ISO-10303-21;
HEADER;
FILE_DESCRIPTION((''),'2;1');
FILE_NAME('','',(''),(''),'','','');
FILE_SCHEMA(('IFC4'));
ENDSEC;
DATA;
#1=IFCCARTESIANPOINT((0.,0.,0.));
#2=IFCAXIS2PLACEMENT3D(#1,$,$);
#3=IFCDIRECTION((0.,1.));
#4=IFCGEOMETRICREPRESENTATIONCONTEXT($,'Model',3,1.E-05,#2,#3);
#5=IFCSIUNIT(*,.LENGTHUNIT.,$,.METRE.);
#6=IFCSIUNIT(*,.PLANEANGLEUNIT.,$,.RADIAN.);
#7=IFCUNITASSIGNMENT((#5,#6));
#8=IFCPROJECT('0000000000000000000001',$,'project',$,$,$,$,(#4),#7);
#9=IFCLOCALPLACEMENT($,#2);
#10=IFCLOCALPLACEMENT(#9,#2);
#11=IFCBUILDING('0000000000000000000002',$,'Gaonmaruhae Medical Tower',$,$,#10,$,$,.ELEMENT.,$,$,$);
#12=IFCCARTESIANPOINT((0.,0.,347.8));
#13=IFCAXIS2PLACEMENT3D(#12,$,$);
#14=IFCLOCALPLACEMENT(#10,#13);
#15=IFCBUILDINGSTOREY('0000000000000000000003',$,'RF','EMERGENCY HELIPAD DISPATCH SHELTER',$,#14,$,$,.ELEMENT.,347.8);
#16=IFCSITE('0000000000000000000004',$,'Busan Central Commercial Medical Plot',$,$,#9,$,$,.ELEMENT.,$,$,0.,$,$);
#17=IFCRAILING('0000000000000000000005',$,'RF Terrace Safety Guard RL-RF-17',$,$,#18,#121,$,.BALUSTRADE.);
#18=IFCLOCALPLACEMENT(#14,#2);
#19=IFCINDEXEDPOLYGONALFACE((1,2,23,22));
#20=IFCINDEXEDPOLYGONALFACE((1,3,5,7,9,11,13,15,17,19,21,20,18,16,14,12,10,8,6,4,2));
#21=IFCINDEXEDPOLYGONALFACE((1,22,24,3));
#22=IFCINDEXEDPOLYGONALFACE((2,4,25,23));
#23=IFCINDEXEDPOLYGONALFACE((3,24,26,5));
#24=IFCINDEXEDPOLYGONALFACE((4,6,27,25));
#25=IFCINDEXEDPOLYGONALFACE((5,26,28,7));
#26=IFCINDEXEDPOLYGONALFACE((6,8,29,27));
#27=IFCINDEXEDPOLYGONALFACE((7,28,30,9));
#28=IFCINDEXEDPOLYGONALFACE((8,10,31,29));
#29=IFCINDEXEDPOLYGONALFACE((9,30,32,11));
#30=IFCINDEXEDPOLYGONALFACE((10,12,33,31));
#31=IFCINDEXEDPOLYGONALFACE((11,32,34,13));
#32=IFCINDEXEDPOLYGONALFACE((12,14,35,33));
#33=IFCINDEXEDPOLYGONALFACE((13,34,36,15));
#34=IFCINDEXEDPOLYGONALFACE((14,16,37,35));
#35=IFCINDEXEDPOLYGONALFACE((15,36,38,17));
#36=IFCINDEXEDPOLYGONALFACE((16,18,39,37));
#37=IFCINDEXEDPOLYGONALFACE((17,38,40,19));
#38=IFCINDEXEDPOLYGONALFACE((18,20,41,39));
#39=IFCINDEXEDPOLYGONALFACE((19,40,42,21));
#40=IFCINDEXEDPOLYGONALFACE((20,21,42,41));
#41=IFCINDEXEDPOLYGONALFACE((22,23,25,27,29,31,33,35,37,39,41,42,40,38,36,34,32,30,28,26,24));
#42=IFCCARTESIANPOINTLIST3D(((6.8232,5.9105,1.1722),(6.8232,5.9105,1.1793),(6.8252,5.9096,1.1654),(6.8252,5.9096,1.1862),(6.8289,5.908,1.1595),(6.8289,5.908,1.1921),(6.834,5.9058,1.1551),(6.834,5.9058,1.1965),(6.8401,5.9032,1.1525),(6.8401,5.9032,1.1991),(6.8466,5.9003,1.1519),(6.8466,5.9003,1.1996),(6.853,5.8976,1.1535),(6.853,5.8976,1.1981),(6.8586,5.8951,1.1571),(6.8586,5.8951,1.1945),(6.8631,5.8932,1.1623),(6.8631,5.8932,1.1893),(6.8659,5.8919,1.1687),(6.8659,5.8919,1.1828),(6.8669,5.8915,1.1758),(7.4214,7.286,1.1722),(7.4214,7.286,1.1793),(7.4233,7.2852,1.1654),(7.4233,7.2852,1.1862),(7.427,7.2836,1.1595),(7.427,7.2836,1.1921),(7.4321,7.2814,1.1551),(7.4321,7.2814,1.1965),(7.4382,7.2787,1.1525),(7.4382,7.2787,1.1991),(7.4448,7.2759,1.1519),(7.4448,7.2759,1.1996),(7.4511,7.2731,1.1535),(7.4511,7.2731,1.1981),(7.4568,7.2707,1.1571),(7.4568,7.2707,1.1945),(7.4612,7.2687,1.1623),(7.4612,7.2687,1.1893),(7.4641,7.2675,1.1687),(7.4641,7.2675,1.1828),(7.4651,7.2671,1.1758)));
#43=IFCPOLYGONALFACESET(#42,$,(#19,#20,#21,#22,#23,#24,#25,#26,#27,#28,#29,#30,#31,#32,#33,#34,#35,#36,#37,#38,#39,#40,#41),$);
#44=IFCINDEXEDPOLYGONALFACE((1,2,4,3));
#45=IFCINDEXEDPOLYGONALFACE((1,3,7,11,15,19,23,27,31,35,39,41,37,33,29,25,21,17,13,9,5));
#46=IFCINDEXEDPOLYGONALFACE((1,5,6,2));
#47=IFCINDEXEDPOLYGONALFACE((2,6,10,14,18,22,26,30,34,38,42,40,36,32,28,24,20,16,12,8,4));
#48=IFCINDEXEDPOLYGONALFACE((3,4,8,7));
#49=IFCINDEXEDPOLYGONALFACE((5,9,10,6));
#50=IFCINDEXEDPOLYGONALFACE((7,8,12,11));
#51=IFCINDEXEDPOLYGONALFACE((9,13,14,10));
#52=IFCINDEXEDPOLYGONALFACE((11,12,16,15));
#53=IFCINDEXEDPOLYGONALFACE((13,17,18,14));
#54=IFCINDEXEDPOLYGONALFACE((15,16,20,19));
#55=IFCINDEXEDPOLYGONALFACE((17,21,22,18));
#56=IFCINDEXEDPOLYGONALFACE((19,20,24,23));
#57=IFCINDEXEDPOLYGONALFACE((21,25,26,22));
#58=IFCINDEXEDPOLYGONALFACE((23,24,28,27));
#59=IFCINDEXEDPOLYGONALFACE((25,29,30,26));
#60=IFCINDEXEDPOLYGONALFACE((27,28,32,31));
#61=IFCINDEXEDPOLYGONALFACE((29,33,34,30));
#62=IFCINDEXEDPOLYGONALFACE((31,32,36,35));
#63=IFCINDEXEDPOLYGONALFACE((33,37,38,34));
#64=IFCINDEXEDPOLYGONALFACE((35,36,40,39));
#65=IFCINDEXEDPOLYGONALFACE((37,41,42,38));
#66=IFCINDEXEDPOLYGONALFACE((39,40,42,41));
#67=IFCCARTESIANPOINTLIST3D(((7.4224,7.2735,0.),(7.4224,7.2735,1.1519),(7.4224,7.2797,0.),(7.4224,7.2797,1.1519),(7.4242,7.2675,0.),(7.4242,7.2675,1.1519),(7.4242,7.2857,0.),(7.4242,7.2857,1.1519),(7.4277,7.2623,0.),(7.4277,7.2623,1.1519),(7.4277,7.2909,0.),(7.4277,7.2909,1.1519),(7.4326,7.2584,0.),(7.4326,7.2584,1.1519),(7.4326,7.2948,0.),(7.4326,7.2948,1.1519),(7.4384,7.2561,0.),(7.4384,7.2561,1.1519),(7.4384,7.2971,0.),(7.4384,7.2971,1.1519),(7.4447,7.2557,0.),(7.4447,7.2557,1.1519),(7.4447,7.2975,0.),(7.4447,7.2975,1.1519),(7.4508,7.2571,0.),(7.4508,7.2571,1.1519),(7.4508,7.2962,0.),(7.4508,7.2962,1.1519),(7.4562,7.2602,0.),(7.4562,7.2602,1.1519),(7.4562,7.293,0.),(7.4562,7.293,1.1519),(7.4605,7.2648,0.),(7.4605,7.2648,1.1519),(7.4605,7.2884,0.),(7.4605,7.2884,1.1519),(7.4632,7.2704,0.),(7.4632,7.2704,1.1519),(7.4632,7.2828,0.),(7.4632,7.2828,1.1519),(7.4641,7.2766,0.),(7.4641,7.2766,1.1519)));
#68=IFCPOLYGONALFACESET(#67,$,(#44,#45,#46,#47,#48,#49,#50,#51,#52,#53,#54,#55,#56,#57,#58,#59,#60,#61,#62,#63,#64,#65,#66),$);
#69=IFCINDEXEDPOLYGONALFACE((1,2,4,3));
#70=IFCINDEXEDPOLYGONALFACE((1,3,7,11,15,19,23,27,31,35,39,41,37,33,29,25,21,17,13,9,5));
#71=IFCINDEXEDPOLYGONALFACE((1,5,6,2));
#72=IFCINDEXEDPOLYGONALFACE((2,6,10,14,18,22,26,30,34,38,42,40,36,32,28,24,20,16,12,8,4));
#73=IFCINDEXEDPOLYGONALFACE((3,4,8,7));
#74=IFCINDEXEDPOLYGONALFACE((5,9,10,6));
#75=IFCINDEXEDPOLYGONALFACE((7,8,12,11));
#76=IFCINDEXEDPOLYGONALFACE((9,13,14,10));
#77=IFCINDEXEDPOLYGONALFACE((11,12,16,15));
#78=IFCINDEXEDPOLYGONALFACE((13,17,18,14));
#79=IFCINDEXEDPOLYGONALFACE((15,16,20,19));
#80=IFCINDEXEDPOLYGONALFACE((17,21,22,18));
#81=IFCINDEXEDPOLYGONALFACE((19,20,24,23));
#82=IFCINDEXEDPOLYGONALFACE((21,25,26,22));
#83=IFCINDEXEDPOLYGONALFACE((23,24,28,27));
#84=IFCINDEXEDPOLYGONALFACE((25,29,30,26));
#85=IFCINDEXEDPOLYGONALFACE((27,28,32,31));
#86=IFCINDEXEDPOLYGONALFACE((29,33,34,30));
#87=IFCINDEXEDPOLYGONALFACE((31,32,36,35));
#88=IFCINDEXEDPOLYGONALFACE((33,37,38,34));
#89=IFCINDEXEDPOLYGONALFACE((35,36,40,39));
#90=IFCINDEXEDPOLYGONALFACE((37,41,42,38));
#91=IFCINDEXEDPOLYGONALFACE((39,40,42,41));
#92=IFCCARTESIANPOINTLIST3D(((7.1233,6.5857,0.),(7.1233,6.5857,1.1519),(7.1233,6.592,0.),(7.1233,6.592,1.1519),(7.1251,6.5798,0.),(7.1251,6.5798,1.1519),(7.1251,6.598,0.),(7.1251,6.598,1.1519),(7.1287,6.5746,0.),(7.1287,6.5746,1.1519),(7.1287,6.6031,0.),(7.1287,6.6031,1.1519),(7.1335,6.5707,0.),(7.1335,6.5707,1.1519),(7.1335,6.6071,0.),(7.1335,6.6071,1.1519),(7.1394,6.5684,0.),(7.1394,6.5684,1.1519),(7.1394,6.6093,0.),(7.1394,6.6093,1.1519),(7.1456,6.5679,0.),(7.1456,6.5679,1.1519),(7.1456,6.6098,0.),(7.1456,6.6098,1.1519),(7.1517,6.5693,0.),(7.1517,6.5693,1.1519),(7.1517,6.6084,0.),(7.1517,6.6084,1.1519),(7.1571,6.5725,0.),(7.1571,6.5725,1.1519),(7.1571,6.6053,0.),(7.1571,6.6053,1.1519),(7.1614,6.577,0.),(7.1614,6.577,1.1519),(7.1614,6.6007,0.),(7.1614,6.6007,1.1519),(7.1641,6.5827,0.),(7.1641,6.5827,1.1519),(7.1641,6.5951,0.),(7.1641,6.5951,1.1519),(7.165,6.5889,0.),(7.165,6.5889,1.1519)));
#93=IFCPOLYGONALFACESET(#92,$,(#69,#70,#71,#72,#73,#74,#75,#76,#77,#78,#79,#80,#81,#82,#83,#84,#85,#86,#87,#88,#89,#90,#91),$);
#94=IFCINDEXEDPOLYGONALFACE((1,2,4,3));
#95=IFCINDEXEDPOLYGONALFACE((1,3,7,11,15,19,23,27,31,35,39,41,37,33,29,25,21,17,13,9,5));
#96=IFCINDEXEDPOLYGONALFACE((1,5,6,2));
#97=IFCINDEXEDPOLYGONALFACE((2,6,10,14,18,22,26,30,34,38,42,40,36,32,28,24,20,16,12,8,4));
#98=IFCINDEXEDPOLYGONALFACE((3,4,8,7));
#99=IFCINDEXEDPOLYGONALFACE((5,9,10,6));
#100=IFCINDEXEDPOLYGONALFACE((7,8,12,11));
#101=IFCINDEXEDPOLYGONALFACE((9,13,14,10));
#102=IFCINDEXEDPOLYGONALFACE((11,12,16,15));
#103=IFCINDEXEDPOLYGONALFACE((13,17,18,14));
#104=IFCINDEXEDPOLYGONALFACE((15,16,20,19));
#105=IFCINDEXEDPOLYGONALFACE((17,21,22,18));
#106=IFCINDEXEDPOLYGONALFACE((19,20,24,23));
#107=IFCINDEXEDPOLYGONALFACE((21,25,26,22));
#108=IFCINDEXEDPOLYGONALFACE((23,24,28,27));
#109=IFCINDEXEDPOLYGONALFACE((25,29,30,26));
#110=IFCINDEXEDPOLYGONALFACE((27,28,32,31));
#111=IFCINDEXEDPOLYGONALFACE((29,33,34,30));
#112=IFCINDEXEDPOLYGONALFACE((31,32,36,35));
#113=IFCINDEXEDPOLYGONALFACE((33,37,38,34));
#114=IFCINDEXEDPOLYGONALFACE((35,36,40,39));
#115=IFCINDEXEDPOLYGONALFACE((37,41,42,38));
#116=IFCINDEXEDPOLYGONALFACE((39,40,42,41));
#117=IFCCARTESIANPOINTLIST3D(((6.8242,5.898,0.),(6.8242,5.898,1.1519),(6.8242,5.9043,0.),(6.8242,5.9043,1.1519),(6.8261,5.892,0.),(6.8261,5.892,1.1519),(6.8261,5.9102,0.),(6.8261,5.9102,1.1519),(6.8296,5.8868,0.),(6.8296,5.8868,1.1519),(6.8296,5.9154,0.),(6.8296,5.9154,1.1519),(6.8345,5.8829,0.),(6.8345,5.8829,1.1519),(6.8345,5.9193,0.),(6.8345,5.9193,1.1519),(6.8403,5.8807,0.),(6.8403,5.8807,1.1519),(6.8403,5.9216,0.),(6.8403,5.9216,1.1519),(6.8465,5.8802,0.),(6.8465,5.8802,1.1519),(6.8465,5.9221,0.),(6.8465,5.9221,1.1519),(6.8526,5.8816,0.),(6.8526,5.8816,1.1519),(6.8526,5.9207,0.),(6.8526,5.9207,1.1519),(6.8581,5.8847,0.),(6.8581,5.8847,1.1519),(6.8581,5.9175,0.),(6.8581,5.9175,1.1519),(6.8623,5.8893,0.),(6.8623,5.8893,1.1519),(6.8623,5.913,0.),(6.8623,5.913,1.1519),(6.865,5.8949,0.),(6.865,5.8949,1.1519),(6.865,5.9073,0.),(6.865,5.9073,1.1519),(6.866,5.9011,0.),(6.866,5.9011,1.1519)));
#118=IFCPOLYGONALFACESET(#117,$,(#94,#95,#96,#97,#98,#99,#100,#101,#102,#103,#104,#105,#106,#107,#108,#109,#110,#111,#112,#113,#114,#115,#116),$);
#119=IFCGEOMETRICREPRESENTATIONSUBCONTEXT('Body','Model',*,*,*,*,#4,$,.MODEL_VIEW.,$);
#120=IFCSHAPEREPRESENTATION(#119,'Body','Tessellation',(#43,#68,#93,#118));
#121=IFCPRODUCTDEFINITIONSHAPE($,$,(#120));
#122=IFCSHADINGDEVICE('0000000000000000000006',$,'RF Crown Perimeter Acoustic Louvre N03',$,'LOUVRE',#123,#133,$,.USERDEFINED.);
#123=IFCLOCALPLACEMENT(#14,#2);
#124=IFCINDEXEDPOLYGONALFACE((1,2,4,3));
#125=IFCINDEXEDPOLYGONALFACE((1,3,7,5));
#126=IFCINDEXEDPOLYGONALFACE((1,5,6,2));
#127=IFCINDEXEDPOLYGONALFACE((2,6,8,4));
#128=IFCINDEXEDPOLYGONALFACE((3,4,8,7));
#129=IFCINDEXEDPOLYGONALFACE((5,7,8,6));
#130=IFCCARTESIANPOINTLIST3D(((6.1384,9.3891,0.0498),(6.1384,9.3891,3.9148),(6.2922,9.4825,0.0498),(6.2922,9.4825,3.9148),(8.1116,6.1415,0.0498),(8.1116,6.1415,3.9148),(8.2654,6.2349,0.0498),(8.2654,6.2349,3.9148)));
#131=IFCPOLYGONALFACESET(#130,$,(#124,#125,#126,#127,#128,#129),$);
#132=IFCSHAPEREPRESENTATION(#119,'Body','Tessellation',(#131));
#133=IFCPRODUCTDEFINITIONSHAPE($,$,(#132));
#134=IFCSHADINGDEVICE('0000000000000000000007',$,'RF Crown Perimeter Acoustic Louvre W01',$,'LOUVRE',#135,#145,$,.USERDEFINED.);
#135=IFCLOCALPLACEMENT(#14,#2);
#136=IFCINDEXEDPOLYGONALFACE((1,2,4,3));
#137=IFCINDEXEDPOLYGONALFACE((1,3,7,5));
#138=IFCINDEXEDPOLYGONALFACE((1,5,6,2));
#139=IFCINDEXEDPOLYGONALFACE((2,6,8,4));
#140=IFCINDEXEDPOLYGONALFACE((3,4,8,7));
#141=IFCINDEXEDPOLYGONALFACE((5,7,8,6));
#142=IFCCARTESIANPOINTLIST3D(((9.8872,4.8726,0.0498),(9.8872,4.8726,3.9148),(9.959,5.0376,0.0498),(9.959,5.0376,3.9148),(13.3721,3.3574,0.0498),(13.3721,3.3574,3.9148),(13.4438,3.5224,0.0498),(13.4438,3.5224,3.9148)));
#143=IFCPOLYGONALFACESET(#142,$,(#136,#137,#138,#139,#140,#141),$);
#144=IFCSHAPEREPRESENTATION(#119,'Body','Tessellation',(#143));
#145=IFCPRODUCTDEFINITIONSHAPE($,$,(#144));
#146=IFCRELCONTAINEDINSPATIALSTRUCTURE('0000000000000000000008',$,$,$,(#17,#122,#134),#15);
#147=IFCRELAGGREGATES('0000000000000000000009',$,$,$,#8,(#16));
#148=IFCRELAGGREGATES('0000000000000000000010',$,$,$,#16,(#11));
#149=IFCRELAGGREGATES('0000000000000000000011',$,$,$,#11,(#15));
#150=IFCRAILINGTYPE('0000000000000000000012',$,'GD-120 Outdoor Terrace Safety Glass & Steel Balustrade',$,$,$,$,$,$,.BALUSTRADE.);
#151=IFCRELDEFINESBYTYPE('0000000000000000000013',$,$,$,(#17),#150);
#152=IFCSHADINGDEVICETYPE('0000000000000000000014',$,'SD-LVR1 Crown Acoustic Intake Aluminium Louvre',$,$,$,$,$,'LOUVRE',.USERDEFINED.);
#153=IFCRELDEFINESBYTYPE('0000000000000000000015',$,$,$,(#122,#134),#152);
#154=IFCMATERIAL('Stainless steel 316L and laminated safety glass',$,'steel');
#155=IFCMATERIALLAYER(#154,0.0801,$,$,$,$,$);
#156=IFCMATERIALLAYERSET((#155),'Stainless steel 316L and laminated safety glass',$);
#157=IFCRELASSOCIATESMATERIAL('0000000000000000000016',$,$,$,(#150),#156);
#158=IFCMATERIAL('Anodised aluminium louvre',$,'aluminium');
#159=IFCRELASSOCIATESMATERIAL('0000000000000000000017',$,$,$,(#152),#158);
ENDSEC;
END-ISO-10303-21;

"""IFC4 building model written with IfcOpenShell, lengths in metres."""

from ifc_helpers import new_model, si_unit, direction, frame, origin, origin_2d, place, context, subcontext, project, spatial, rectangle, circle, extrude, material, layer, layer_set, type_object, element, save


model = new_model("IFC4")

# Units and contexts
model_context = context("Model", 3, precision=1e-05, world=origin(), true_north=direction((0.0, 1.0)))
body_context = subcontext(model_context, "Body", "Model", "MODEL_VIEW")
ifc_project = project(units=[si_unit("LENGTHUNIT", "METRE"), si_unit("PLANEANGLEUNIT", "RADIAN")], contexts=[model_context])

# Site, building, storey
site_placement = place(None, origin())
site = spatial("IfcSite", under=ifc_project, at=site_placement, Name="Busan Central Commercial Medical Plot", CompositionType="ELEMENT", RefElevation=0.0)
building_placement = place(site_placement, origin())
building = spatial("IfcBuilding", under=site, at=building_placement, Name="Gaonmaruhae Medical Tower", CompositionType="ELEMENT")
storey_placement = place(building_placement, frame((0.0, 0.0, 347.8)))
storey = spatial("IfcBuildingStorey", under=building, at=storey_placement, Name="RF", Description="EMERGENCY HELIPAD DISPATCH SHELTER", CompositionType="ELEMENT", Elevation=347.8)

# Railing
ifc_material_1 = material(Name="Stainless steel 316L and laminated safety glass", Category="steel")
ifc_layer_1 = layer(ifc_material_1, 0.0801)
ifc_layer_set_1 = layer_set([ifc_layer_1], Name="Stainless steel 316L and laminated safety glass")
railing_type = type_object("IfcRailingType", Name="GD-120 Outdoor Terrace Safety Glass & Steel Balustrade", PredefinedType="BALUSTRADE", material=ifc_layer_set_1)
railing_1_placement = place(storey_placement, frame((7.4431, 7.2766, 0.0)))
element("IfcRailing", 1, at=railing_1_placement, inside=storey, type_object=railing_type, Name="RF Terrace Safety Guard RL-RF-17", PredefinedType="BALUSTRADE", context=body_context, shape_type="SweptSolid", body=[
    extrude(circle(Radius=0.0239, at=origin_2d()), frame((0.0, 0.0, 1.1758), z_axis=(-0.398786, -0.917044, 0.0), x_axis=(0.917044, -0.398786, 0.0)), (0.0, 0.0, 1.0), 1.5),
    extrude(circle(Radius=0.021, at=origin_2d()), origin(), (0.0, 0.0, 1.0), 1.1519),
    extrude(circle(Radius=0.021, at=origin_2d()), frame((-0.2991, -0.6877, 0.0)), (0.0, 0.0, 1.0), 1.1519),
    extrude(circle(Radius=0.021, at=origin_2d()), frame((-0.5981, -1.3755, 0.0)), (0.0, 0.0, 1.0), 1.1519),
])

# Shading devices
ifc_material_2 = material(Name="Anodised aluminium louvre", Category="aluminium")
shading_device_type = type_object("IfcShadingDeviceType", Name="SD-LVR1 Crown Acoustic Intake Aluminium Louvre", ElementType="LOUVRE", PredefinedType="USERDEFINED", material=ifc_material_2)
for number, where, z_axis, x_axis, name in (
    (2, (7.2019, 7.812, 0.0498), (0.0, 0.0, 1.0), (-0.519251, 0.854622, 0.0), "RF Crown Perimeter Acoustic Louvre N03"),
    (3, (11.6655, 4.1975, 0.0498), (0.0, 0.0, 1.0), (-0.91706, 0.398749, 0.0), "RF Crown Perimeter Acoustic Louvre W01"),
):
    element("IfcShadingDevice", number, at=place(storey_placement, frame(where, z_axis=z_axis, x_axis=x_axis)), inside=storey, type_object=shading_device_type, Name=name, ObjectType="LOUVRE", PredefinedType="USERDEFINED", context=body_context, shape_type="SweptSolid", body=[
        extrude(rectangle(XDim=3.8, YDim=0.1799, at=origin_2d()), origin(), (0.0, 0.0, 1.0), 3.865),
    ])

save(model, "model.ifc")
